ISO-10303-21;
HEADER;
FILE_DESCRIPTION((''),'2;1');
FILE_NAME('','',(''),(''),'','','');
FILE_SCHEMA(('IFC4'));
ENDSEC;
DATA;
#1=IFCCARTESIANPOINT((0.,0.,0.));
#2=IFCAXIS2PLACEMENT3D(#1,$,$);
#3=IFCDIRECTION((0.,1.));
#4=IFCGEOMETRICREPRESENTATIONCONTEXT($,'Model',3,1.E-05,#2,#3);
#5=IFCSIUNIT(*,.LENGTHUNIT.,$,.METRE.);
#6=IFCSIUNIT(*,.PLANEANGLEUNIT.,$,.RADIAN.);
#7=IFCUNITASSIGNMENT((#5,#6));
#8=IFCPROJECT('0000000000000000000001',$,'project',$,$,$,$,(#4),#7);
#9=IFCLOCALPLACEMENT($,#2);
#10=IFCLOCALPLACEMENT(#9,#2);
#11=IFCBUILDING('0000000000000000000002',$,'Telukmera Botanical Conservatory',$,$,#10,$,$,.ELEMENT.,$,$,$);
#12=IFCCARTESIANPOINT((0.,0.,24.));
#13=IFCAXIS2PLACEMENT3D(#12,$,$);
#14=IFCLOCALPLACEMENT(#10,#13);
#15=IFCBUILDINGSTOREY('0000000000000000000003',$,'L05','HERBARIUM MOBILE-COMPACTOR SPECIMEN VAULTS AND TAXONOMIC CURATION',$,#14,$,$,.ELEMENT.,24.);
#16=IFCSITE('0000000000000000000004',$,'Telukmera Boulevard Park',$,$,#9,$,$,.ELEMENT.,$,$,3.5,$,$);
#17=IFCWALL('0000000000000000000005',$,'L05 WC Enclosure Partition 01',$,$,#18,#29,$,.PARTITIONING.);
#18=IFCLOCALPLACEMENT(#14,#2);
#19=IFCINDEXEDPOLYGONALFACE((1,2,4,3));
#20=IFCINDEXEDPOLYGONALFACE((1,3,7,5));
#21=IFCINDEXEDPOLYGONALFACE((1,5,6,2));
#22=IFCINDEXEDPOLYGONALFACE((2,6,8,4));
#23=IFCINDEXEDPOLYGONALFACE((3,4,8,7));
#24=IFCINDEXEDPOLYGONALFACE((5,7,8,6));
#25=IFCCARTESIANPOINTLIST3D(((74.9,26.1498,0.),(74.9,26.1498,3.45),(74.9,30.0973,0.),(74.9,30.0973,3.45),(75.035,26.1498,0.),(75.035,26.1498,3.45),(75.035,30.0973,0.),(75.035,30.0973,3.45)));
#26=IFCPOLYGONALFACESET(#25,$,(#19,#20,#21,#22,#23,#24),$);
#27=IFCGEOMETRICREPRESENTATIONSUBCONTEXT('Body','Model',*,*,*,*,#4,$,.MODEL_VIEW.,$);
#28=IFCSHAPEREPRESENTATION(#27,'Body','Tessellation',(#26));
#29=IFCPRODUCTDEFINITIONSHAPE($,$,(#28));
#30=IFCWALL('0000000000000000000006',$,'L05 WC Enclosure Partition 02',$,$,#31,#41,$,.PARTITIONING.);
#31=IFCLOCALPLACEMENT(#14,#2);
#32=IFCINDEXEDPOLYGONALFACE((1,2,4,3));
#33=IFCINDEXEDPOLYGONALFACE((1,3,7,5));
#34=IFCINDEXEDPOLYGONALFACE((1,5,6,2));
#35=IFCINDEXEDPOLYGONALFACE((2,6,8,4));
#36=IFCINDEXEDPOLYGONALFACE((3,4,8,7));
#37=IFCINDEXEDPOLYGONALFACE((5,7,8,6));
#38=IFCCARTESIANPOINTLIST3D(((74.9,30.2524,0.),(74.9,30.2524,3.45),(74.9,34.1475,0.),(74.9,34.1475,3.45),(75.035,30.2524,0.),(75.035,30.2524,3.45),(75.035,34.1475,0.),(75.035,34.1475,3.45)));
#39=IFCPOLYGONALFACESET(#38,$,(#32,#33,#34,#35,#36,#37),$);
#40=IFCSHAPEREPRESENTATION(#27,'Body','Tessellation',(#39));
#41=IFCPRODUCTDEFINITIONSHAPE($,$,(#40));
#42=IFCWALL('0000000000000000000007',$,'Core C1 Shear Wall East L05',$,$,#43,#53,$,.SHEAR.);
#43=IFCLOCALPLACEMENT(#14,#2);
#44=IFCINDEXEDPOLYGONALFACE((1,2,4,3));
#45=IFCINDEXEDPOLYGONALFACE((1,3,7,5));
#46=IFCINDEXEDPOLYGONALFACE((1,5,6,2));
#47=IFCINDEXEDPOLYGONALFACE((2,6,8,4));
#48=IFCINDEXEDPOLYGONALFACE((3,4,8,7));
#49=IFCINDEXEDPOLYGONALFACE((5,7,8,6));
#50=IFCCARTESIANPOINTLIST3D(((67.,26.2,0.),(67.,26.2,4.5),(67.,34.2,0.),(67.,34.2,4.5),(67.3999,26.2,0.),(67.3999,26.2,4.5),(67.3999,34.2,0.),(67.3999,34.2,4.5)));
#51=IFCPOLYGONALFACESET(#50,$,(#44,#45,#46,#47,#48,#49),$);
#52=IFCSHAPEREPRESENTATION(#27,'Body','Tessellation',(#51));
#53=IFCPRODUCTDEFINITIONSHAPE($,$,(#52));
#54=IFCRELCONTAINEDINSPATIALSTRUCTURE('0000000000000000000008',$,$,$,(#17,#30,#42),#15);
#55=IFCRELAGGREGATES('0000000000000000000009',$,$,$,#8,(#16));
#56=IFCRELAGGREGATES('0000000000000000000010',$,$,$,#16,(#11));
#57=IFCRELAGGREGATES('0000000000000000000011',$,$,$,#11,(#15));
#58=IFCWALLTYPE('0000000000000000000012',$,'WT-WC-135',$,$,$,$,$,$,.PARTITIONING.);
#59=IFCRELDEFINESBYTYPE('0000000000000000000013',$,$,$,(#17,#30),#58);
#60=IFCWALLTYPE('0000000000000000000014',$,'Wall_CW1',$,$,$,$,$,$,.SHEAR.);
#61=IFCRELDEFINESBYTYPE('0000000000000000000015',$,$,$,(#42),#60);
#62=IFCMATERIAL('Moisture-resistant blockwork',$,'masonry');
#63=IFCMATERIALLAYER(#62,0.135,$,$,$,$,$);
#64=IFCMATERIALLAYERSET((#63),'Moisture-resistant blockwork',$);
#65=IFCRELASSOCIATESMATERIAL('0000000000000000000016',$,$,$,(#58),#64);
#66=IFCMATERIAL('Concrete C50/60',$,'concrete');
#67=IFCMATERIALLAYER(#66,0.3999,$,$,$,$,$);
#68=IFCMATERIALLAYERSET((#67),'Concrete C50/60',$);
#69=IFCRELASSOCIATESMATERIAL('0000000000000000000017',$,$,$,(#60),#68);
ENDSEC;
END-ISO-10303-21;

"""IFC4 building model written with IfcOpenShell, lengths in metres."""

from ifc_helpers import new_model, si_unit, direction, frame, frame_2d, origin, place, context, subcontext, project, spatial, rectangle, extrude, material, layer, layer_set, type_object, element, save


model = new_model("IFC4")

# Units and contexts
model_context = context("Model", 3, precision=1e-05, world=origin(), true_north=direction((0.0, 1.0)))
body_context = subcontext(model_context, "Body", "Model", "MODEL_VIEW")
ifc_project = project(units=[si_unit("LENGTHUNIT", "METRE"), si_unit("PLANEANGLEUNIT", "RADIAN")], contexts=[model_context])

# Site, building, storey
site_placement = place(None, origin())
site = spatial("IfcSite", under=ifc_project, at=site_placement, Name="Telukmera Boulevard Park", CompositionType="ELEMENT", RefElevation=3.5)
building_placement = place(site_placement, origin())
building = spatial("IfcBuilding", under=site, at=building_placement, Name="Telukmera Botanical Conservatory", CompositionType="ELEMENT")
storey_placement = place(building_placement, frame((0.0, 0.0, 24.0)))
storey = spatial("IfcBuildingStorey", under=building, at=storey_placement, Name="L05", Description="HERBARIUM MOBILE-COMPACTOR SPECIMEN VAULTS AND TAXONOMIC CURATION", CompositionType="ELEMENT", Elevation=24.0)

# Shared definitions
ifc_material_1 = material(Name="Concrete C50/60", Category="concrete")

# Shared definitions
ifc_material_2 = material(Name="Moisture-resistant blockwork", Category="masonry")
ifc_layer_1 = layer(ifc_material_2, 0.135)
ifc_layer_set_1 = layer_set([ifc_layer_1], Name="Moisture-resistant blockwork")
wall_type_1 = type_object("IfcWallType", Name="WT-WC-135", PredefinedType="PARTITIONING", material=ifc_layer_set_1)

# Walls
wall_1_placement = place(storey_placement, frame((74.9675, 26.1499, 0.0), z_axis=(0.0, 0.0, 1.0), x_axis=(0.0, 1.0, 0.0)))
element("IfcWall", 1, at=wall_1_placement, inside=storey, type_object=wall_type_1, Name="L05 WC Enclosure Partition 01", PredefinedType="PARTITIONING", context=body_context, shape_type="SweptSolid", body=[
    extrude(rectangle(XDim=3.9475, YDim=0.135, at=frame_2d((1.9736, 0.0))), origin(), (0.0, 0.0, 1.0), 3.45),
])
wall_2_placement = place(storey_placement, frame((74.9675, 30.2524, 0.0), z_axis=(0.0, 0.0, 1.0), x_axis=(0.0, 1.0, 0.0)))
element("IfcWall", 2, at=wall_2_placement, inside=storey, type_object=wall_type_1, Name="L05 WC Enclosure Partition 02", PredefinedType="PARTITIONING", context=body_context, shape_type="SweptSolid", body=[
    extrude(rectangle(XDim=3.895, YDim=0.135, at=frame_2d((1.9475, 0.0))), origin(), (0.0, 0.0, 1.0), 3.45),
])
ifc_layer_2 = layer(ifc_material_1, 0.3999)
ifc_layer_set_2 = layer_set([ifc_layer_2], Name="Concrete C50/60")
wall_type_2 = type_object("IfcWallType", Name="Wall_CW1", PredefinedType="SHEAR", material=ifc_layer_set_2)
wall_3_placement = place(storey_placement, frame((67.2, 26.2, 0.0), z_axis=(0.0, 0.0, 1.0), x_axis=(0.0, 1.0, 0.0)))
element("IfcWall", 3, at=wall_3_placement, inside=storey, type_object=wall_type_2, Name="Core C1 Shear Wall East L05", PredefinedType="SHEAR", context=body_context, shape_type="SweptSolid", body=[
    extrude(rectangle(XDim=8.0, YDim=0.3999, at=frame_2d((4.0, 0.0))), origin(), (0.0, 0.0, 1.0), 4.5),
])

save(model, "model.ifc")
